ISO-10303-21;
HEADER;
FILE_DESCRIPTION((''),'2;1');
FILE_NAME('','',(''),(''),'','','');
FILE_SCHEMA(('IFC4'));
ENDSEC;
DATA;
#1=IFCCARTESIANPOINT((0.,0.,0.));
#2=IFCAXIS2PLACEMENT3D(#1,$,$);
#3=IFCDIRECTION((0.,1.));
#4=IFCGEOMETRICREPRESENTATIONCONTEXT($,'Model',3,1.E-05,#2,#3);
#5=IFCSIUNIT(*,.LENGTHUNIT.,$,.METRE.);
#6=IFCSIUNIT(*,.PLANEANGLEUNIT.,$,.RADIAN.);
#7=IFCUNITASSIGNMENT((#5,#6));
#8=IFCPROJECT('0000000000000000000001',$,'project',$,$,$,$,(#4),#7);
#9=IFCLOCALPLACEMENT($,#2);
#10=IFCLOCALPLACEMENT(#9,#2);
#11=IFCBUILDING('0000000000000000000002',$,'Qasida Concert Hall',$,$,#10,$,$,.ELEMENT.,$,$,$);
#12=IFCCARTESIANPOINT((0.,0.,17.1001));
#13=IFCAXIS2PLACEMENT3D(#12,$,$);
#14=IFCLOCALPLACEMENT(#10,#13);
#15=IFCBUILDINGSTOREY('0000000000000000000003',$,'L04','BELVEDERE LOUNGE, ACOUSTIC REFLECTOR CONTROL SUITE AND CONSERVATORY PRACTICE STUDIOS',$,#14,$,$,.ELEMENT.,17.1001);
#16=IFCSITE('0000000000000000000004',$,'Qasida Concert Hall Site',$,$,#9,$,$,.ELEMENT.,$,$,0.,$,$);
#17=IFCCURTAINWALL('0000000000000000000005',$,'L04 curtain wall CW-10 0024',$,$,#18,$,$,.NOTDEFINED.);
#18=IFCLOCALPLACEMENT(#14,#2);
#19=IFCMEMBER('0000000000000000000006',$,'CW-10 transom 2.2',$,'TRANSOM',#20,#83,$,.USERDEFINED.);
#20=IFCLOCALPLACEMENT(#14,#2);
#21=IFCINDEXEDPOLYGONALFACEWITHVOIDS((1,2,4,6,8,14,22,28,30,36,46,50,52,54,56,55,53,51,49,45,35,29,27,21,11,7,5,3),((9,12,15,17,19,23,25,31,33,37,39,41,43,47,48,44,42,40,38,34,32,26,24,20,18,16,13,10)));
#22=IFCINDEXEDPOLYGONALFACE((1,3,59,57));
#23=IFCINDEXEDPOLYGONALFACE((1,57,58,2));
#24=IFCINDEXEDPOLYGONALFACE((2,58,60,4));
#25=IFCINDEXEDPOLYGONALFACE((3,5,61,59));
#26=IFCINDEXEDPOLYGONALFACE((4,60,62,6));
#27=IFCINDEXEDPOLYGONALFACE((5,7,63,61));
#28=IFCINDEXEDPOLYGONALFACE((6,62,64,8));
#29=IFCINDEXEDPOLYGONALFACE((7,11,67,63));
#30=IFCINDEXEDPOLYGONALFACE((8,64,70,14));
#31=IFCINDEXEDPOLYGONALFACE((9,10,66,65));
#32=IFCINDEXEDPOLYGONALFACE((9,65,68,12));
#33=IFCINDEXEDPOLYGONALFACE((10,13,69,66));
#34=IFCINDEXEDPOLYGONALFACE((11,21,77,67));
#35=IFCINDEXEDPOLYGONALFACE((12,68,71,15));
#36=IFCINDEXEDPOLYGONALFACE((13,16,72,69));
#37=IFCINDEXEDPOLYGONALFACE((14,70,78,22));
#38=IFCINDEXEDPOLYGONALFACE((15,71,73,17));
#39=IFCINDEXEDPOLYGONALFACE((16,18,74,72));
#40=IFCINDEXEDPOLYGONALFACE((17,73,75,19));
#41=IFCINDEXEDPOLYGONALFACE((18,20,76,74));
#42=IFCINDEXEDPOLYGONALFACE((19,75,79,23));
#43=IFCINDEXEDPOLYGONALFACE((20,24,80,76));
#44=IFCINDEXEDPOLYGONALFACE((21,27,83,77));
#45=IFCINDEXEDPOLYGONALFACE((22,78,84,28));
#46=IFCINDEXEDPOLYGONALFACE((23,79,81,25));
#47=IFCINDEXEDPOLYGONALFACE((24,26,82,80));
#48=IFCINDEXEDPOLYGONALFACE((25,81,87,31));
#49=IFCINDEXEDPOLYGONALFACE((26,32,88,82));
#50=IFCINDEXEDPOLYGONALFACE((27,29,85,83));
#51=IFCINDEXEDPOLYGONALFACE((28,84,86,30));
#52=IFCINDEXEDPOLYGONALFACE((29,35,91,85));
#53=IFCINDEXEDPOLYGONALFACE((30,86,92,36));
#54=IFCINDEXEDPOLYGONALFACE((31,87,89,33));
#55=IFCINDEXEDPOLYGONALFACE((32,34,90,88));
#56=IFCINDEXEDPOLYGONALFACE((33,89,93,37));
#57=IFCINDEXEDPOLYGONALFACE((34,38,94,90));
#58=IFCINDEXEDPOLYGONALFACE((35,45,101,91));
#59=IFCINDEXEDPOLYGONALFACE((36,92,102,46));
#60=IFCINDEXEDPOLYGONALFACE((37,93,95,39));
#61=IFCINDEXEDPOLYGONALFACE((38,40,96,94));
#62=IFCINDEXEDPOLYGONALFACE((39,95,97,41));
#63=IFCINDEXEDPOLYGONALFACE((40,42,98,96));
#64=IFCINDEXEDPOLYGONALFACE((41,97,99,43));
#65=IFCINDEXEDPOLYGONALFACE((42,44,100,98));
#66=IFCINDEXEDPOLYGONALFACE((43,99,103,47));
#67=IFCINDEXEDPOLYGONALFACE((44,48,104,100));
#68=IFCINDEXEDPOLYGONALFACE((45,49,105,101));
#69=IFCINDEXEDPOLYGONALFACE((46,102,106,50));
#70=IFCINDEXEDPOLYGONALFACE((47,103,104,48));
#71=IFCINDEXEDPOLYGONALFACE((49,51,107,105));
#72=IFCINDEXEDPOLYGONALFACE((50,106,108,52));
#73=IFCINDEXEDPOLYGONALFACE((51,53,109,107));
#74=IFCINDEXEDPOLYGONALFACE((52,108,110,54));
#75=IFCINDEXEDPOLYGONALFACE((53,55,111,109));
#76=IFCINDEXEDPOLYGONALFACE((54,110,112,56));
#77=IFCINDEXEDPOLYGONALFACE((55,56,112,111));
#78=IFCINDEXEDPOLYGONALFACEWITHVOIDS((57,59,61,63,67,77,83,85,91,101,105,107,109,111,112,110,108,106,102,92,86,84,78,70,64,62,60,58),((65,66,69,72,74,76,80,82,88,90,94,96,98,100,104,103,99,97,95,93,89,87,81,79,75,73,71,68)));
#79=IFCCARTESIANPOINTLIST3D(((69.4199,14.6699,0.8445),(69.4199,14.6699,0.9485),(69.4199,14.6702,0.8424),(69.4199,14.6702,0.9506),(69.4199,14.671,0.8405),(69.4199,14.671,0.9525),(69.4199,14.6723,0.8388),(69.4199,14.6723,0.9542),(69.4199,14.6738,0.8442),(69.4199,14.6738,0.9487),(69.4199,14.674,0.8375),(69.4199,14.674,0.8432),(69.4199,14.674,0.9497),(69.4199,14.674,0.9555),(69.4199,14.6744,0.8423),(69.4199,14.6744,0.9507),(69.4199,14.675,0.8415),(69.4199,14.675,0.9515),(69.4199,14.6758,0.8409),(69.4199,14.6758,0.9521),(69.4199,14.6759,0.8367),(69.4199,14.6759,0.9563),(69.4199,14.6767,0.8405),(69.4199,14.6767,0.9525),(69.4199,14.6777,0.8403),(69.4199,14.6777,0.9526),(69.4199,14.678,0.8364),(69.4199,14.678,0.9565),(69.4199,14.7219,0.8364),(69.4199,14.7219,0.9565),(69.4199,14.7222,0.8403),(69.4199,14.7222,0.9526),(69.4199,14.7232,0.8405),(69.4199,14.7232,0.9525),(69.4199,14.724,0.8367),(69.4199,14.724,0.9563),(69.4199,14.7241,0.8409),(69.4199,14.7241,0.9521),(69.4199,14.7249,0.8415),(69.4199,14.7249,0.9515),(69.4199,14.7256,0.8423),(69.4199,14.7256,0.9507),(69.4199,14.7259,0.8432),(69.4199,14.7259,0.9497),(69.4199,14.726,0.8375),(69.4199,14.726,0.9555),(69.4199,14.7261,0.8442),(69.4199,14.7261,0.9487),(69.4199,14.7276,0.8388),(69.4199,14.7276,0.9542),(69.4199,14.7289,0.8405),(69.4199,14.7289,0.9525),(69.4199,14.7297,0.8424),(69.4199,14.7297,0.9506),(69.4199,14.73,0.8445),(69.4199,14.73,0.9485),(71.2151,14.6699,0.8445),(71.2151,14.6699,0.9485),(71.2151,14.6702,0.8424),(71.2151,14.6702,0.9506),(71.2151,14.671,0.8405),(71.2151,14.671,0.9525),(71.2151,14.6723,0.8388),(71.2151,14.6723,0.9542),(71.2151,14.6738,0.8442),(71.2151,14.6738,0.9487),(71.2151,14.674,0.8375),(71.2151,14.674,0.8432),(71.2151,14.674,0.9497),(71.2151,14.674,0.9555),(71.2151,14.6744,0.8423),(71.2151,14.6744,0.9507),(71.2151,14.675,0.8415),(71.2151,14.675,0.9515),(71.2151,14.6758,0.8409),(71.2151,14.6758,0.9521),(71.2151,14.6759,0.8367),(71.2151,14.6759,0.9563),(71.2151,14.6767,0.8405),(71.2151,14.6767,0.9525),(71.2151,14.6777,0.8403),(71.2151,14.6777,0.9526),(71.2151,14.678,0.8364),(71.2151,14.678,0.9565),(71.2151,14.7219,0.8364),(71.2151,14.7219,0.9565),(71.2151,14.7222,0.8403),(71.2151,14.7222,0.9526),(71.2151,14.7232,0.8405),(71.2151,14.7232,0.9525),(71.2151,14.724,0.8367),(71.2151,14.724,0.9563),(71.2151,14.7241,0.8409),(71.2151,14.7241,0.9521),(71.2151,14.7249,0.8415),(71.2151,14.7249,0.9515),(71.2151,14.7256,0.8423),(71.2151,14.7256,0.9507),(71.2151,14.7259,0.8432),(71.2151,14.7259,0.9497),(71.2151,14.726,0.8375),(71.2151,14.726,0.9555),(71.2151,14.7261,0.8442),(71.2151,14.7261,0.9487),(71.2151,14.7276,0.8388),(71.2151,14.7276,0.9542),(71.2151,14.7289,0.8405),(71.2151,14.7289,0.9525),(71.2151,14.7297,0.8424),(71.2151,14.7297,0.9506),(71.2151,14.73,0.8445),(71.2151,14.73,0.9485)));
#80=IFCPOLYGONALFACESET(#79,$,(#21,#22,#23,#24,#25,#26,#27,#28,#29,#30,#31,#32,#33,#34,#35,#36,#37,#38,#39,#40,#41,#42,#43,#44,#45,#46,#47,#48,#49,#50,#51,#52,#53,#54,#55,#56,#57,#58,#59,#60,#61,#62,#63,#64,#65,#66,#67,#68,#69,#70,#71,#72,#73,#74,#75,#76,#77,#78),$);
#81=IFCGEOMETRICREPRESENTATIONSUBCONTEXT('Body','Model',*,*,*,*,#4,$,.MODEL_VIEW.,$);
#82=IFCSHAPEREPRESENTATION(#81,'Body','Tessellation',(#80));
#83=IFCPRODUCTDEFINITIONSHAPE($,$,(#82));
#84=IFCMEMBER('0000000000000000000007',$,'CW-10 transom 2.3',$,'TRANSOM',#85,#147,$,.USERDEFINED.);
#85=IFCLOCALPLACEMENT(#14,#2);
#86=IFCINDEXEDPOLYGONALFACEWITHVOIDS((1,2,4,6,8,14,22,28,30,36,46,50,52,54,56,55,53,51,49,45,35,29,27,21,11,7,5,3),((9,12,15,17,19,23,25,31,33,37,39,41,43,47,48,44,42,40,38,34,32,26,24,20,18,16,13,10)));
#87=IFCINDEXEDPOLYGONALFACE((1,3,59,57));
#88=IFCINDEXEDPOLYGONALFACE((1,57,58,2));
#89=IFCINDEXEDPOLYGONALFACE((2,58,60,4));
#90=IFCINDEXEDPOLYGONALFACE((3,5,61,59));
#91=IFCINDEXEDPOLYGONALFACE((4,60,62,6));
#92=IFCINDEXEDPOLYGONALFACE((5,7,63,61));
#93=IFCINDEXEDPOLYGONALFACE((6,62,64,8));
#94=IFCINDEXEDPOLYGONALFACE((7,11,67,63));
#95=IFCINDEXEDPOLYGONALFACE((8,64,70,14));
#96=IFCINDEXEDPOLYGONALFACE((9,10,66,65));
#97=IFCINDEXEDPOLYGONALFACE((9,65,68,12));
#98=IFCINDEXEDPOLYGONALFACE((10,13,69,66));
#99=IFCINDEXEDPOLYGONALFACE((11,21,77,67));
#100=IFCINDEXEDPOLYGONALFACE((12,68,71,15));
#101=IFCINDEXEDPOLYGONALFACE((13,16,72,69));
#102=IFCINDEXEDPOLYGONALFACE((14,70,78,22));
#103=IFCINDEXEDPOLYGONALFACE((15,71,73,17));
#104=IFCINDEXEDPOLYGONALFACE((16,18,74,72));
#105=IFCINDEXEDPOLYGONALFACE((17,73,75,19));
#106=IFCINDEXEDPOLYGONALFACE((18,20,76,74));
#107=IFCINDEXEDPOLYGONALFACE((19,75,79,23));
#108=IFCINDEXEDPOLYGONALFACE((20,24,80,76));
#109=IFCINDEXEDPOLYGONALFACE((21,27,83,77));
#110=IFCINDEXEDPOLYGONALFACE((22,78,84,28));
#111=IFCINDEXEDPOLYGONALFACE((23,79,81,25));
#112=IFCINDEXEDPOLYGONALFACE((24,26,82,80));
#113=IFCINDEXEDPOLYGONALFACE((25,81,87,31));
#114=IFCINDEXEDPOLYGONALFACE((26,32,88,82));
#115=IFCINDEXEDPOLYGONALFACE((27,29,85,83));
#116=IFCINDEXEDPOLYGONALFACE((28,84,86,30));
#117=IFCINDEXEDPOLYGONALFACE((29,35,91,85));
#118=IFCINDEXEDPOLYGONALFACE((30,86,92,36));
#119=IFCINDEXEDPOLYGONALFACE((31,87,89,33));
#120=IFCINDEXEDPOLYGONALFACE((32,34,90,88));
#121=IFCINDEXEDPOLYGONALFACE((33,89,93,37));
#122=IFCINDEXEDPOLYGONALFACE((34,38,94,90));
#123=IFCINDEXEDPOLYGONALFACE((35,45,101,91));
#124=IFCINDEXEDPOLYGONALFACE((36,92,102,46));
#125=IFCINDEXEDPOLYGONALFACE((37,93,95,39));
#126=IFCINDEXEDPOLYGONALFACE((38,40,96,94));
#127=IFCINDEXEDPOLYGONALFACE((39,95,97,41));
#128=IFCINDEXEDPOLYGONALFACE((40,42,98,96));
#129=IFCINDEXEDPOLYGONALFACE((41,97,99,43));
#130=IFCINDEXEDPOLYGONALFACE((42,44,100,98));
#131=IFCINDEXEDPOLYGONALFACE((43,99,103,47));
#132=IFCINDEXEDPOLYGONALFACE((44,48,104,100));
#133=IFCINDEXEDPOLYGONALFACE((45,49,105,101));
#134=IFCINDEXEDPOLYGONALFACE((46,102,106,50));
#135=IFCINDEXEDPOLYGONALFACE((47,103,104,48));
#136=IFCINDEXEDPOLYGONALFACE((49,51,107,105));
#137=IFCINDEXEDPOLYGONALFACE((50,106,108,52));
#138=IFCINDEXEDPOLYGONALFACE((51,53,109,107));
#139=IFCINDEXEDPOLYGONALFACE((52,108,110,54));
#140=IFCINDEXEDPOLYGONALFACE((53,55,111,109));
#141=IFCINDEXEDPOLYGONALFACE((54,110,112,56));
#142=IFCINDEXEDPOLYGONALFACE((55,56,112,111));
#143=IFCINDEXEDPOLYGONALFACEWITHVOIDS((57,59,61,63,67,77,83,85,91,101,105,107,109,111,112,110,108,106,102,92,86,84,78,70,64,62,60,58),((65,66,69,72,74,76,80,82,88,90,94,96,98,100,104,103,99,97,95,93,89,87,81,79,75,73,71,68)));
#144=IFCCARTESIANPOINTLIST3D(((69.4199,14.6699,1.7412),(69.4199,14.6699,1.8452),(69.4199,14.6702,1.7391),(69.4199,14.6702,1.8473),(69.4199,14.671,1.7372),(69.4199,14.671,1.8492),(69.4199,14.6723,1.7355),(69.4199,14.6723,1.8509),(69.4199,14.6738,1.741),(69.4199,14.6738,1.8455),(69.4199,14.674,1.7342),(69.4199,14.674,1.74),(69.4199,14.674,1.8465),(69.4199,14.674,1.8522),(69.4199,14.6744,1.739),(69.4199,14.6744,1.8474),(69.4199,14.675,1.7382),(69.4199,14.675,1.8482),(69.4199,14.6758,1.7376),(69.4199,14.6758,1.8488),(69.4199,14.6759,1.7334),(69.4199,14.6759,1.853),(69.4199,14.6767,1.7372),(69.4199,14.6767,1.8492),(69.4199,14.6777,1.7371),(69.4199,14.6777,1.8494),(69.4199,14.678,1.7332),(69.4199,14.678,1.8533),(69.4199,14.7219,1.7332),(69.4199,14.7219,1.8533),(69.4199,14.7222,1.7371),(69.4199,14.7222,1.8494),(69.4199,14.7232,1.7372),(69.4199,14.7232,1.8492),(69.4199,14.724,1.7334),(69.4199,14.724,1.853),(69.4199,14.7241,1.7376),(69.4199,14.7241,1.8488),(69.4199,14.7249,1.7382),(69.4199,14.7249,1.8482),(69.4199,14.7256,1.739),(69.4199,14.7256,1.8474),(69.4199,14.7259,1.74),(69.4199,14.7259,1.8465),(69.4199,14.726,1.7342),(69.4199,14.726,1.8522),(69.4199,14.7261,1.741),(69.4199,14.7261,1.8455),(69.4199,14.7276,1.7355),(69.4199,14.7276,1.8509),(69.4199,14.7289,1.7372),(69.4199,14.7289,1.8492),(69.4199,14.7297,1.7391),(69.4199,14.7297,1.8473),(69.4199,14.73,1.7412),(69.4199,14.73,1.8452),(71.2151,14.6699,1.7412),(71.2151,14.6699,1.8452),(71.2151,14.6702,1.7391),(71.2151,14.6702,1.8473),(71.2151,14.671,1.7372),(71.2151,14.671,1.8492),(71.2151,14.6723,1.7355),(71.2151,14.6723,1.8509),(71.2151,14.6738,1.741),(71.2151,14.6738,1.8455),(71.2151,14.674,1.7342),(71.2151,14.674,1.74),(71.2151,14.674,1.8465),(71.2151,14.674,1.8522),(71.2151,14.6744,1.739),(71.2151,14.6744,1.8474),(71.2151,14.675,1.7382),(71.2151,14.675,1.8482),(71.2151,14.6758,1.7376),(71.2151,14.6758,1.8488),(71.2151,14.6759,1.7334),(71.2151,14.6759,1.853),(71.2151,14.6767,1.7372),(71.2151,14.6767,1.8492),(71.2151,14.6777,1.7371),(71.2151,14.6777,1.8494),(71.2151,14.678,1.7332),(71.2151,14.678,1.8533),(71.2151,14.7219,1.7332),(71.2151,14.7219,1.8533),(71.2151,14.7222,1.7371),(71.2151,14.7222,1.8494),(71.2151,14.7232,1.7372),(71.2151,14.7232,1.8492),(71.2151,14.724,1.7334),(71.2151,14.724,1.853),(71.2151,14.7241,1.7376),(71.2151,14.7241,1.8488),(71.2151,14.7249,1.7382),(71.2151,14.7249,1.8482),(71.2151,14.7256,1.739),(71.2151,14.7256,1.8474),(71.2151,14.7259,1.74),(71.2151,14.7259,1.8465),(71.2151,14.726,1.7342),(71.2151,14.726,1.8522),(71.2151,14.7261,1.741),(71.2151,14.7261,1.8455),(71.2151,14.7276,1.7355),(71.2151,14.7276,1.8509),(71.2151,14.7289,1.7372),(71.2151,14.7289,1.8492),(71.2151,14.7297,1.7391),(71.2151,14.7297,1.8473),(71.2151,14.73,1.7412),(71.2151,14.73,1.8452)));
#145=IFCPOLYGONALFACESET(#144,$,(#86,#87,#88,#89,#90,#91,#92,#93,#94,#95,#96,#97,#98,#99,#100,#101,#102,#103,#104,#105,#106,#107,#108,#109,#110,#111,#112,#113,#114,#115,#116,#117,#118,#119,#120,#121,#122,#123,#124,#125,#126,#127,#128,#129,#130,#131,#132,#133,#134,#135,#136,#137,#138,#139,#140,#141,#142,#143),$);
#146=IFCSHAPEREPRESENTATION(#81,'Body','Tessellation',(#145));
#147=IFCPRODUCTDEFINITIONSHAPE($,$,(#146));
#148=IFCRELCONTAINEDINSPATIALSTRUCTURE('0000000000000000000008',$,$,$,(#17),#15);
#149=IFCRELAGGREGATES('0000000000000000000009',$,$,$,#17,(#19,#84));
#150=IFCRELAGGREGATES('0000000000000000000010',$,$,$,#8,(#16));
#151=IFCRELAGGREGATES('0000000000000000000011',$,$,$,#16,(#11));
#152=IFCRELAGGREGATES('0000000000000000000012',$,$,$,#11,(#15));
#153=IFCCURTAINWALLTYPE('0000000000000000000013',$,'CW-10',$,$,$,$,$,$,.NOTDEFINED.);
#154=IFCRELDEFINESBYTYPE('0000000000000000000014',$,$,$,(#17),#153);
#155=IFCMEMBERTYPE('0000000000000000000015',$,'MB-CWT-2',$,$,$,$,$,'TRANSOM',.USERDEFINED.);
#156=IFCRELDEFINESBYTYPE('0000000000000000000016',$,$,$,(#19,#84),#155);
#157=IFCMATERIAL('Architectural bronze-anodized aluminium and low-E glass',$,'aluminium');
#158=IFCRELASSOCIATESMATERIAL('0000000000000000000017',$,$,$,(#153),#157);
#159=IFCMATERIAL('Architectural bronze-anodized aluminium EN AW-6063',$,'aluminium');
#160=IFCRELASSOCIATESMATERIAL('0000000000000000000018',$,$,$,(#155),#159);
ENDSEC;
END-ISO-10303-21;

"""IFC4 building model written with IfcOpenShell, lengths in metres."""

from ifc_helpers import new_model, si_unit, direction, frame, origin, origin_2d, place, context, subcontext, project, spatial, hollow_rectangle, extrude, material, material_profile, profile_set, type_object, element, aggregate, save


model = new_model("IFC4")

# Units and contexts
model_context = context("Model", 3, precision=1e-05, world=origin(), true_north=direction((0.0, 1.0)))
body_context = subcontext(model_context, "Body", "Model", "MODEL_VIEW")
ifc_project = project(units=[si_unit("LENGTHUNIT", "METRE"), si_unit("PLANEANGLEUNIT", "RADIAN")], contexts=[model_context])

# Site, building, storey
site_placement = place(None, origin())
site = spatial("IfcSite", under=ifc_project, at=site_placement, Name="Qasida Concert Hall Site", CompositionType="ELEMENT", RefElevation=0.0)
building_placement = place(site_placement, origin())
building = spatial("IfcBuilding", under=site, at=building_placement, Name="Qasida Concert Hall", CompositionType="ELEMENT")
storey_placement = place(building_placement, frame((0.0, 0.0, 17.1001)))
storey = spatial("IfcBuildingStorey", under=building, at=storey_placement, Name="L04", Description="BELVEDERE LOUNGE, ACOUSTIC REFLECTOR CONTROL SUITE AND CONSERVATORY PRACTICE STUDIOS", CompositionType="ELEMENT", Elevation=17.1001)

# Curtain wall, members
ifc_material_1 = material(Name="Architectural bronze-anodized aluminium and low-E glass", Category="aluminium")
curtain_wall_type = type_object("IfcCurtainWallType", Name="CW-10", PredefinedType="NOTDEFINED", material=ifc_material_1)
curtain_wall_placement = place(storey_placement, origin())
curtain_wall = element("IfcCurtainWall", 1, at=curtain_wall_placement, inside=storey, type_object=curtain_wall_type, Name="L04 curtain wall CW-10 0024", PredefinedType="NOTDEFINED")
ifc_material_2 = material(Name="Architectural bronze-anodized aluminium EN AW-6063", Category="aluminium")
ifc_material_profile_1 = material_profile(ifc_material_2, hollow_rectangle(XDim=0.0601, YDim=0.1201, WallThickness=0.0039, InnerFilletRadius=0.0039, OuterFilletRadius=0.0081, at=origin_2d()), Name="CWT 120x60x4")
ifc_profile_set_1 = profile_set([ifc_material_profile_1], Name="Architectural bronze-anodized aluminium EN AW-6063")
member_type_1 = type_object("IfcMemberType", Name="MB-CWT-2", ElementType="TRANSOM", PredefinedType="USERDEFINED", material=ifc_profile_set_1)
member_1_placement = place(storey_placement, frame((69.4199, 14.7, 0.8965), z_axis=(1.0, 0.0, 0.0), x_axis=(0.0, 1.0, 0.0)))
member_1 = element("IfcMember", 2, at=member_1_placement, type_object=member_type_1, Name="CW-10 transom 2.2", ObjectType="TRANSOM", PredefinedType="USERDEFINED", context=body_context, shape_type="SweptSolid", body=[
    extrude(hollow_rectangle(XDim=0.0601, YDim=0.1201, WallThickness=0.0039, InnerFilletRadius=0.0039, OuterFilletRadius=0.0081, at=origin_2d()), origin(), (0.0, 0.0, 1.0), 1.7952),
])
member_2_placement = place(storey_placement, frame((69.4199, 14.7, 1.7932), z_axis=(1.0, 0.0, 0.0), x_axis=(0.0, 1.0, 0.0)))
member_2 = element("IfcMember", 3, at=member_2_placement, type_object=member_type_1, Name="CW-10 transom 2.3", ObjectType="TRANSOM", PredefinedType="USERDEFINED", context=body_context, shape_type="SweptSolid", body=[
    extrude(hollow_rectangle(XDim=0.0601, YDim=0.1201, WallThickness=0.0039, InnerFilletRadius=0.0039, OuterFilletRadius=0.0081, at=origin_2d()), origin(), (0.0, 0.0, 1.0), 1.7952),
])
aggregate(curtain_wall, [member_1, member_2])

save(model, "model.ifc")
